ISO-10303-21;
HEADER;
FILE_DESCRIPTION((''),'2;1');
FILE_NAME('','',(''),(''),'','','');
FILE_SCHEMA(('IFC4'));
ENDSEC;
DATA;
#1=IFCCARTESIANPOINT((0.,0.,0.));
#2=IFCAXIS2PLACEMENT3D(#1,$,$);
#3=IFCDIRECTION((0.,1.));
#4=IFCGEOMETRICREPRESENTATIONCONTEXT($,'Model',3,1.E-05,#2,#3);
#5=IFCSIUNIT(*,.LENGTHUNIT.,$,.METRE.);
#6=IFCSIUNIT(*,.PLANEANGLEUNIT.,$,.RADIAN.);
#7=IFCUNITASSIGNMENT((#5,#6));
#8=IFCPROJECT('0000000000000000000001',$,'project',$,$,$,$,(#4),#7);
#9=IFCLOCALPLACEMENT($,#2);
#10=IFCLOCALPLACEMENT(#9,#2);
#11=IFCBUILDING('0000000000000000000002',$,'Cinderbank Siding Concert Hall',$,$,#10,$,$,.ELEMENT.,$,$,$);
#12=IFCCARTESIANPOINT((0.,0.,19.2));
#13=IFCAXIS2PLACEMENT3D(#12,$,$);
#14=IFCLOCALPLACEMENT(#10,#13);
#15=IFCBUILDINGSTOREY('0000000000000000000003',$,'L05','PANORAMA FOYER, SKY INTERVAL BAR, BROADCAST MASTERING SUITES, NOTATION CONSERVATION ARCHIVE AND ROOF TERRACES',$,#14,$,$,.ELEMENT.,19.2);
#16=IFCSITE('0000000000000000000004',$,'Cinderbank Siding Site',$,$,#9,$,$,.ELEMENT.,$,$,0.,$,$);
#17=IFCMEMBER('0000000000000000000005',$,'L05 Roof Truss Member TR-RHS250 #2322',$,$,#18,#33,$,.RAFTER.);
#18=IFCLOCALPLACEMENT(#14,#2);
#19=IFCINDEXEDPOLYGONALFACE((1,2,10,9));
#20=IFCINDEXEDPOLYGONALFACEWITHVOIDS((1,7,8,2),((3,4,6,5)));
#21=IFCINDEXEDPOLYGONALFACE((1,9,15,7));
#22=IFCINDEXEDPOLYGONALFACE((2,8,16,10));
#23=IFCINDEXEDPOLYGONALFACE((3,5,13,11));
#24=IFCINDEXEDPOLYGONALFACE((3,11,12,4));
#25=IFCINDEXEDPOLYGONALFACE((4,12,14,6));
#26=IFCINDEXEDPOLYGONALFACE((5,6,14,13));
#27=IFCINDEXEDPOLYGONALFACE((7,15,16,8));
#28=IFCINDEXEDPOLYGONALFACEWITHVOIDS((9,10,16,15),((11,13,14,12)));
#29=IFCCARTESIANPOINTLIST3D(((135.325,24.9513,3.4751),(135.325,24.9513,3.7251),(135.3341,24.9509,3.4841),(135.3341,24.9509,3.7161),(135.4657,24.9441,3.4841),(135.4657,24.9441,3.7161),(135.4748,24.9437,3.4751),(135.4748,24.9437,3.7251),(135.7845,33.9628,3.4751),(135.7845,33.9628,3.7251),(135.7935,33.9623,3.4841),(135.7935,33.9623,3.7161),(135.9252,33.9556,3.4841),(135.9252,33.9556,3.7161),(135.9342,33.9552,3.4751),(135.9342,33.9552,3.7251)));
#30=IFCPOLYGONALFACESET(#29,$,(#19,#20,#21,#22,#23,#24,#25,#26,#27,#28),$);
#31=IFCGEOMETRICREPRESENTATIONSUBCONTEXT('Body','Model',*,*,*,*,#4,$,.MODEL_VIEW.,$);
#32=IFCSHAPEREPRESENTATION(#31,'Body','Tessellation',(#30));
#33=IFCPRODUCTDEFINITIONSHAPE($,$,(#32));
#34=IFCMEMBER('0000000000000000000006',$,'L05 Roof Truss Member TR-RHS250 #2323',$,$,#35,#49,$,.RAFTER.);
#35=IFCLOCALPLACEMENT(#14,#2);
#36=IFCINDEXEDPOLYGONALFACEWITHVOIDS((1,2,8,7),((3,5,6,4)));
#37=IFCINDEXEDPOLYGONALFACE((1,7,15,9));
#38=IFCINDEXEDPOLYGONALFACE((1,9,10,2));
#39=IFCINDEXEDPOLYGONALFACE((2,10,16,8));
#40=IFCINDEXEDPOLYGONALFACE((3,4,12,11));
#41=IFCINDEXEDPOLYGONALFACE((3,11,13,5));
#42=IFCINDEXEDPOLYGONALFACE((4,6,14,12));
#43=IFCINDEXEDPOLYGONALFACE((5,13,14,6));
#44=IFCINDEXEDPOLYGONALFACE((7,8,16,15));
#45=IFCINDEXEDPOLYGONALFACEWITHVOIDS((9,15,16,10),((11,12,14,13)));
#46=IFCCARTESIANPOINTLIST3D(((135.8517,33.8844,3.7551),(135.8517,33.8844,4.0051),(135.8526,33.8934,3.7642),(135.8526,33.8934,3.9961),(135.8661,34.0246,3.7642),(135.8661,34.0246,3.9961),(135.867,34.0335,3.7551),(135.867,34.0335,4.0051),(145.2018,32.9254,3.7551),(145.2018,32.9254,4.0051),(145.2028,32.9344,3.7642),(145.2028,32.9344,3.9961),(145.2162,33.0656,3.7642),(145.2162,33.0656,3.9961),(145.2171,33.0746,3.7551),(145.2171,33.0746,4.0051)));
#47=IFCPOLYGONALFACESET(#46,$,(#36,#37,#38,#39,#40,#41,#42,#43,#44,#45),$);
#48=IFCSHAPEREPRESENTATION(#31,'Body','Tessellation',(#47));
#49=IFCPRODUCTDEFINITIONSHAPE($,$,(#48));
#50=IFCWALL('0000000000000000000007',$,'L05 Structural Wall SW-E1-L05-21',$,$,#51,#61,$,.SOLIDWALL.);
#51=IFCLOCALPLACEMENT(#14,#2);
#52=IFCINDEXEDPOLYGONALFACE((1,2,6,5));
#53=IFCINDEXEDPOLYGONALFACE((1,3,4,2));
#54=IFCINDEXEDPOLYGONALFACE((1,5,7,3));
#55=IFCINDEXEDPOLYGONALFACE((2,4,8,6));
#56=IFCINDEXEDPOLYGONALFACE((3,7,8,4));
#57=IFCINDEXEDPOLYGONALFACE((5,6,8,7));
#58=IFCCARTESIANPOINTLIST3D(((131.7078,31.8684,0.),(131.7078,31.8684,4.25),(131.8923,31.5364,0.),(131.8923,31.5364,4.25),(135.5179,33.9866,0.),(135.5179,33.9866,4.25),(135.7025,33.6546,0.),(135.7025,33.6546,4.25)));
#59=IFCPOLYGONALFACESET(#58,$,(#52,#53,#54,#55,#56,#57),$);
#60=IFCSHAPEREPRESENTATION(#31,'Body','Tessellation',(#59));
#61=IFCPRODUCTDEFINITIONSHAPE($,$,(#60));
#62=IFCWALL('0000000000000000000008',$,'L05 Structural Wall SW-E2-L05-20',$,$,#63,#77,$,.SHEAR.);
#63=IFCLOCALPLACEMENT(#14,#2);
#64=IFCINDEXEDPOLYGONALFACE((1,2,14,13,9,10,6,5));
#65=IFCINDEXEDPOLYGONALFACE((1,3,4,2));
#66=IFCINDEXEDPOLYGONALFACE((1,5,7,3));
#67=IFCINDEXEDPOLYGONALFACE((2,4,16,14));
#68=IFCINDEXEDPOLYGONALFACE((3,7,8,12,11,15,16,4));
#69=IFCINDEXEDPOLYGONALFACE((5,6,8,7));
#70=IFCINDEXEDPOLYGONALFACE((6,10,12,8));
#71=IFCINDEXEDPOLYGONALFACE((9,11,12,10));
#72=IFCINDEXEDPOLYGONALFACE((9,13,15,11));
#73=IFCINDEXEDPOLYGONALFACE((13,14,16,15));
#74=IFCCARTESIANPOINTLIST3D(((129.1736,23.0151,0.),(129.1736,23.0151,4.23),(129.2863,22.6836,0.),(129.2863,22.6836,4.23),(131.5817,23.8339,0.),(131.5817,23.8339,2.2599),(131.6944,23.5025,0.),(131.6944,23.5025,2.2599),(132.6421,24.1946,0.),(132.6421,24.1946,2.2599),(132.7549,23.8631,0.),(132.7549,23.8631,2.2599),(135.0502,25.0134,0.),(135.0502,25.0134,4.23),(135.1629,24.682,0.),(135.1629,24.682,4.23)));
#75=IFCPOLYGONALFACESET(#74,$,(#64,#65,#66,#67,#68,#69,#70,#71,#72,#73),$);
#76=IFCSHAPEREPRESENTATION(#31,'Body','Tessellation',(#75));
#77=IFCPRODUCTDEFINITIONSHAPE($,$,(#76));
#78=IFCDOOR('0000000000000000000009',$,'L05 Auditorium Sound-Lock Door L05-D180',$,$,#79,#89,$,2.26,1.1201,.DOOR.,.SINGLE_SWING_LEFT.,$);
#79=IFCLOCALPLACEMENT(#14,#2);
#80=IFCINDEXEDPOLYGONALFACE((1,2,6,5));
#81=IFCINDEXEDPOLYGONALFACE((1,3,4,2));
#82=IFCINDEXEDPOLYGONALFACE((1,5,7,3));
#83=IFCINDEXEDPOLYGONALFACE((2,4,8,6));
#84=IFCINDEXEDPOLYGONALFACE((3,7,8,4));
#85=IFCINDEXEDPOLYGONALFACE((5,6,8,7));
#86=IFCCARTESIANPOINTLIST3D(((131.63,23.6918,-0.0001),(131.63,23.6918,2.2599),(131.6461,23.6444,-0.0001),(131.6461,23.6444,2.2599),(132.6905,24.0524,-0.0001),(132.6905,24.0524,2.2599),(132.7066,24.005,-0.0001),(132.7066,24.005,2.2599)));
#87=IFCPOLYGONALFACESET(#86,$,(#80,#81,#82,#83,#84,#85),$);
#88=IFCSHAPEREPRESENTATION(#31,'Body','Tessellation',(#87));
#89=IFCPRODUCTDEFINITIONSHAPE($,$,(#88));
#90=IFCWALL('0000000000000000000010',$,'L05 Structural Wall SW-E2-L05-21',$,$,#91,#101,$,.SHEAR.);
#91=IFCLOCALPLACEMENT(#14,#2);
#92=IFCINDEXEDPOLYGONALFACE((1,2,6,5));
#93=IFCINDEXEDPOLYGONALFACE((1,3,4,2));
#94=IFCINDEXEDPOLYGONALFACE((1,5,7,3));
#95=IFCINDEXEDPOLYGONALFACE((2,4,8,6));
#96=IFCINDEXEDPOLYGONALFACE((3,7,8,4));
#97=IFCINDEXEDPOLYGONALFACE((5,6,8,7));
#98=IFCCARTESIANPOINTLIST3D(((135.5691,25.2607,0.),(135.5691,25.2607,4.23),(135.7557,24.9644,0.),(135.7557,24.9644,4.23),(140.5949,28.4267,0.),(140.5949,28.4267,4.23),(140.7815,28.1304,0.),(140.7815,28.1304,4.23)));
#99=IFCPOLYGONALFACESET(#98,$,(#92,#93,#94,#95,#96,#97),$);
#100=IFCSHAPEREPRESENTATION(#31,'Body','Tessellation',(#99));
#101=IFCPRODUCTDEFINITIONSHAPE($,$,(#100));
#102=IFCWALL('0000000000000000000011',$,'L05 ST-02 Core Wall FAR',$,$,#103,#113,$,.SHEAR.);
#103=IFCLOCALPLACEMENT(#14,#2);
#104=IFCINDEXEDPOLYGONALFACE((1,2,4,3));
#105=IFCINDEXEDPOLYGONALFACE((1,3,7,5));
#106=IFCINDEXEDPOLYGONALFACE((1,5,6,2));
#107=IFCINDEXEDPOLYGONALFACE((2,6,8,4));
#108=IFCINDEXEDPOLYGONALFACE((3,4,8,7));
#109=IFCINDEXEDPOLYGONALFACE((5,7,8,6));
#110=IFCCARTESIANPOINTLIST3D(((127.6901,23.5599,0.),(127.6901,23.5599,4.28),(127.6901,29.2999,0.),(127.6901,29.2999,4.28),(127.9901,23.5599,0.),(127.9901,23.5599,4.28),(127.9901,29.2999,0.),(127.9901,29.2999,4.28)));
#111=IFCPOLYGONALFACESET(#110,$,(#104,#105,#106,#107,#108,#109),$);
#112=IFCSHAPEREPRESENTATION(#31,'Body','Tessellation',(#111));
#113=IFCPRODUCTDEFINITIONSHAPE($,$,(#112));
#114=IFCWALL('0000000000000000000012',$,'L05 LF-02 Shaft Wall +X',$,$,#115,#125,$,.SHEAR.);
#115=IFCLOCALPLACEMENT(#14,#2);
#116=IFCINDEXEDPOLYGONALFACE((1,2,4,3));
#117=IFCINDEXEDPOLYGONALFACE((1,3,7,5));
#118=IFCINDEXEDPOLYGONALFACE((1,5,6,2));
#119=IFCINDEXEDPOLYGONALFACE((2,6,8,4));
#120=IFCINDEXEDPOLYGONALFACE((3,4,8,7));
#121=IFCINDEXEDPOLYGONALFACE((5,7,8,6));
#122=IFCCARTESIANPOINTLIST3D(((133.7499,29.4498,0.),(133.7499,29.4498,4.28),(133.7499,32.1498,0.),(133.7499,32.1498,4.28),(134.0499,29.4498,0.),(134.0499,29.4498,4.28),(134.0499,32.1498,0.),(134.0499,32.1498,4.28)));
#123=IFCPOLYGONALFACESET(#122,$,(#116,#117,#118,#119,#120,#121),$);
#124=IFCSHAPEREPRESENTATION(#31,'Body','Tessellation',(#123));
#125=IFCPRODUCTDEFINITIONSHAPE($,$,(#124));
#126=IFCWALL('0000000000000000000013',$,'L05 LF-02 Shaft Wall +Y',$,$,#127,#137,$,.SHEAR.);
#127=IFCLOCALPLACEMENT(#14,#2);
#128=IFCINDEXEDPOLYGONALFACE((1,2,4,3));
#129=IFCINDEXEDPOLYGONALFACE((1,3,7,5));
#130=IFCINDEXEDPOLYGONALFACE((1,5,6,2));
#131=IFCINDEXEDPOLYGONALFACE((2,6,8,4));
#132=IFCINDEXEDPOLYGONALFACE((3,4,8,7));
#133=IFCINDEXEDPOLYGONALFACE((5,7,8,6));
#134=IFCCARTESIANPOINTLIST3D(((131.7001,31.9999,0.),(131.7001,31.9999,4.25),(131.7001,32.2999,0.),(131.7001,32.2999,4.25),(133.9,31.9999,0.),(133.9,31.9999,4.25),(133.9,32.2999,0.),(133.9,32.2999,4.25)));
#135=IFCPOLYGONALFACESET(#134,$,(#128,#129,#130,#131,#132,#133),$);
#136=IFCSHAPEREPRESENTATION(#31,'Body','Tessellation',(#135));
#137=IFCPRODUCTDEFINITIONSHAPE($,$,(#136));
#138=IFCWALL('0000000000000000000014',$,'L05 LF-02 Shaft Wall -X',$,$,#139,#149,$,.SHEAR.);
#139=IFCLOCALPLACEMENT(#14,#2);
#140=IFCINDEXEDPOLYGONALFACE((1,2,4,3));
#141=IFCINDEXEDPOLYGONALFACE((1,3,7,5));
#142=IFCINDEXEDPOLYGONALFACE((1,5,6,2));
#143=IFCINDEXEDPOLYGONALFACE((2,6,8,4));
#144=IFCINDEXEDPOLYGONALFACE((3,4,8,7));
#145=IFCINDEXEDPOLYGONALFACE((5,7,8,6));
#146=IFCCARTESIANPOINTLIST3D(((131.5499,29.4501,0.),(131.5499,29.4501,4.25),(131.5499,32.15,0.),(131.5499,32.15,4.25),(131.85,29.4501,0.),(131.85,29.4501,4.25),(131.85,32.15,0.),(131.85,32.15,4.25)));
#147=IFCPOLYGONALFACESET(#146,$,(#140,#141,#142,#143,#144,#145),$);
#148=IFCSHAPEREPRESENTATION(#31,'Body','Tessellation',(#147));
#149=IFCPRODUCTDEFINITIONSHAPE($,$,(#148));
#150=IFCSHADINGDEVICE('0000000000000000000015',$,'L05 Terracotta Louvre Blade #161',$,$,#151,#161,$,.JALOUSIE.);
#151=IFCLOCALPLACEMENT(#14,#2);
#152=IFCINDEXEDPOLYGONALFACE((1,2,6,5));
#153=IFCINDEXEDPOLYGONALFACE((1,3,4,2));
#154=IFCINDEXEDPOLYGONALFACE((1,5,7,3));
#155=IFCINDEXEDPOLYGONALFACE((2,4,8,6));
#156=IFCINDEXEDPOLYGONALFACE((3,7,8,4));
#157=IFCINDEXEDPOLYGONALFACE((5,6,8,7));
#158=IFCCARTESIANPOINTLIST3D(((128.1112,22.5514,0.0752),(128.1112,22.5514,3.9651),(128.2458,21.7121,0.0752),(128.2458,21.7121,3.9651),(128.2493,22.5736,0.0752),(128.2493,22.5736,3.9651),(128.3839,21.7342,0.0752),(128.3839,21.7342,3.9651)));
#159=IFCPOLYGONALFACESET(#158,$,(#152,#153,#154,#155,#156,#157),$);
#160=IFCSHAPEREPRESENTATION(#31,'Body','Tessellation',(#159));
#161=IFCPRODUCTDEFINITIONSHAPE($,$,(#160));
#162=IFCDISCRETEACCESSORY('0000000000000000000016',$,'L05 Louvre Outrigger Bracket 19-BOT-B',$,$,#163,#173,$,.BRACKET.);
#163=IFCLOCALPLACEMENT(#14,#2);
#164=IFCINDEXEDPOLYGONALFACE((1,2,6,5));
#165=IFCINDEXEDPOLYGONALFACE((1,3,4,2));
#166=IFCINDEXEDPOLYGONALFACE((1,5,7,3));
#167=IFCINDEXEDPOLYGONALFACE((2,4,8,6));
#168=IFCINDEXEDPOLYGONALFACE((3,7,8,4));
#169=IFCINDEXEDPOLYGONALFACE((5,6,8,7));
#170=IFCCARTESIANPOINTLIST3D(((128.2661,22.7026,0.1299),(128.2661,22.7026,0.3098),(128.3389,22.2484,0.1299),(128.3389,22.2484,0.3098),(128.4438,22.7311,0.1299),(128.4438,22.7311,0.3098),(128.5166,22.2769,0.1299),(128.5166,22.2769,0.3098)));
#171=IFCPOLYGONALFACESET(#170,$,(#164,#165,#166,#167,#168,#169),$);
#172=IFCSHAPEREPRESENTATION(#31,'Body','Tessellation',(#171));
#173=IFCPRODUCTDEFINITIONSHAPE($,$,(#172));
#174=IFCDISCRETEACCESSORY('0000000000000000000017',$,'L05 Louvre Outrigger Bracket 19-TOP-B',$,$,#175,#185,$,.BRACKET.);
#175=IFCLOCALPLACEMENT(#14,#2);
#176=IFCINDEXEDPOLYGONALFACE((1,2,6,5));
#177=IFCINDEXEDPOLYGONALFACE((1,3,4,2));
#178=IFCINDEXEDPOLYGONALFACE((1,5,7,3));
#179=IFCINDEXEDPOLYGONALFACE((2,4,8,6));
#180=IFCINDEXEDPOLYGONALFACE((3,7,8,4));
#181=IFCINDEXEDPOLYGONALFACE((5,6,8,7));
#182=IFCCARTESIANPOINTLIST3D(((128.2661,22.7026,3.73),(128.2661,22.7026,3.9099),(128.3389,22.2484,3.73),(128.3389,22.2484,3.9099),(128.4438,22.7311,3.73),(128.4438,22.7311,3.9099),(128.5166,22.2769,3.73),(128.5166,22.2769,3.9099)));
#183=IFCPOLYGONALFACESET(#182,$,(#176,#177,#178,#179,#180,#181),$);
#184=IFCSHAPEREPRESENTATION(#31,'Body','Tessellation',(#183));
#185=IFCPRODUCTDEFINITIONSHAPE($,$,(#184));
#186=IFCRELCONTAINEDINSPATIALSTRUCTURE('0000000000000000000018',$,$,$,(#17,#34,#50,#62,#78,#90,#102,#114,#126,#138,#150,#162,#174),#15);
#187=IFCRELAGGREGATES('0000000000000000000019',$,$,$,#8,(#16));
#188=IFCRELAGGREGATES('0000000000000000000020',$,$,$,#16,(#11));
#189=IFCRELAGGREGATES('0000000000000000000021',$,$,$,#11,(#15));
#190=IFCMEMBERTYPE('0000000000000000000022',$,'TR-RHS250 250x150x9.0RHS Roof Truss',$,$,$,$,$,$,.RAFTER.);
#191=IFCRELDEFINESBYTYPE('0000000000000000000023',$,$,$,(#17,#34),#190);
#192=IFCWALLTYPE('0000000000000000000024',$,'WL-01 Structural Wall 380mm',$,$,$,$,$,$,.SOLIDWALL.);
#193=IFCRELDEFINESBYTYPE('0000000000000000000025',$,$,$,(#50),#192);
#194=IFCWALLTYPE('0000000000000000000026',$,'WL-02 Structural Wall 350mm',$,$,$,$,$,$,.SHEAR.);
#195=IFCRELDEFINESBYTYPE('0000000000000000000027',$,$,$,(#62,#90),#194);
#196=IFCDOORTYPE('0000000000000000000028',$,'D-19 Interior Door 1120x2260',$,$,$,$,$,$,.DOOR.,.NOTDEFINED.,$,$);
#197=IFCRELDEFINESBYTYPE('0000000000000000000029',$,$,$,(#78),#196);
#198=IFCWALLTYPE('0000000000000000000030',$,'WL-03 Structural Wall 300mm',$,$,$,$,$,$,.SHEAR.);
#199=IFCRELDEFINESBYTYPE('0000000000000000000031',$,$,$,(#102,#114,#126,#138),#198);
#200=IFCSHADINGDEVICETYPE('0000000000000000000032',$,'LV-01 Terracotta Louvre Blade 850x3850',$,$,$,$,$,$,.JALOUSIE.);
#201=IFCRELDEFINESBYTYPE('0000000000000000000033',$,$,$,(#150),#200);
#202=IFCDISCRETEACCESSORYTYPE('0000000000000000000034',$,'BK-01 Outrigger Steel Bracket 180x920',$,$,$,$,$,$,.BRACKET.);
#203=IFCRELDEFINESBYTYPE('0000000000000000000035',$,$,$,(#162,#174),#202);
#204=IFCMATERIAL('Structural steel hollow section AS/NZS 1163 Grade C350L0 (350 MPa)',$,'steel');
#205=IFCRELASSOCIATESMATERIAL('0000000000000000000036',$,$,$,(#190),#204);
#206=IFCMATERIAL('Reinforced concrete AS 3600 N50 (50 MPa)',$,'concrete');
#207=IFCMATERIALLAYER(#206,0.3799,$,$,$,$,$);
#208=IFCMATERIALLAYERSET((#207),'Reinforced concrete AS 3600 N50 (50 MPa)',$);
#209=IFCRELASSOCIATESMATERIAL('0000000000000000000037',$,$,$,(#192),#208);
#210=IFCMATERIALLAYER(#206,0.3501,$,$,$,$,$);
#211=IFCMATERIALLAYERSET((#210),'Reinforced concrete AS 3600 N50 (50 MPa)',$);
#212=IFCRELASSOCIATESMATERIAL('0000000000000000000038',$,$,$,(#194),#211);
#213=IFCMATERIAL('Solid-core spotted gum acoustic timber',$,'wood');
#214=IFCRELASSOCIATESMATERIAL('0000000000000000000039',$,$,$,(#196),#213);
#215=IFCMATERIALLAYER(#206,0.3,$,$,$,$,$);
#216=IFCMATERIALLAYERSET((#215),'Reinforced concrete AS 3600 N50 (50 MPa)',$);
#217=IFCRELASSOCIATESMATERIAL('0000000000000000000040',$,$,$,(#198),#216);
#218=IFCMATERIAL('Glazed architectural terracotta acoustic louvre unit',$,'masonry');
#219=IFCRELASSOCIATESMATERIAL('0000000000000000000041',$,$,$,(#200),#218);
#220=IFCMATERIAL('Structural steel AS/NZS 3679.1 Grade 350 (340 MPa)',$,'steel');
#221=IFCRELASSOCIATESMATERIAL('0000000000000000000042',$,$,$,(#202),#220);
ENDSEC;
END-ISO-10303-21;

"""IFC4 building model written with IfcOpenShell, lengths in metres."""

from ifc_helpers import new_model, si_unit, direction, frame, frame_2d, origin, origin_2d, place, context, subcontext, project, spatial, rectangle, hollow_rectangle, extrude, material, layer, layer_set, material_profile, profile_set, type_object, element, fill, save


model = new_model("IFC4")

# Units and contexts
model_context = context("Model", 3, precision=1e-05, world=origin(), true_north=direction((0.0, 1.0)))
body_context = subcontext(model_context, "Body", "Model", "MODEL_VIEW")
ifc_project = project(units=[si_unit("LENGTHUNIT", "METRE"), si_unit("PLANEANGLEUNIT", "RADIAN")], contexts=[model_context])

# Site, building, storey
site_placement = place(None, origin())
site = spatial("IfcSite", under=ifc_project, at=site_placement, Name="Cinderbank Siding Site", CompositionType="ELEMENT", RefElevation=0.0)
building_placement = place(site_placement, origin())
building = spatial("IfcBuilding", under=site, at=building_placement, Name="Cinderbank Siding Concert Hall", CompositionType="ELEMENT")
storey_placement = place(building_placement, frame((0.0, 0.0, 19.2)))
storey = spatial("IfcBuildingStorey", under=building, at=storey_placement, Name="L05", Description="PANORAMA FOYER, SKY INTERVAL BAR, BROADCAST MASTERING SUITES, NOTATION CONSERVATION ARCHIVE AND ROOF TERRACES", CompositionType="ELEMENT", Elevation=19.2)

# Shared definitions
ifc_material_1 = material(Name="Reinforced concrete AS 3600 N50 (50 MPa)", Category="concrete")

# Shared definitions
ifc_material_2 = material(Name="Structural steel AS/NZS 3679.1 Grade 350 (340 MPa)", Category="steel")

# Members
ifc_material_3 = material(Name="Structural steel hollow section AS/NZS 1163 Grade C350L0 (350 MPa)", Category="steel")
ifc_material_profile_1 = material_profile(ifc_material_3, hollow_rectangle(XDim=0.1499, YDim=0.25, WallThickness=0.009, at=origin_2d()), Name="250x150x9.0RHS", Category="LoadBearing")
ifc_profile_set_1 = profile_set([ifc_material_profile_1], Name="Structural steel hollow section AS/NZS 1163 Grade C350L0 (350 MPa)")
member_type_1 = type_object("IfcMemberType", Name="TR-RHS250 250x150x9.0RHS Roof Truss", PredefinedType="RAFTER", material=ifc_profile_set_1)
member_1_placement = place(storey_placement, frame((135.8594, 33.959, 3.6001), z_axis=(-0.050921, -0.998703, 0.0), x_axis=(0.998703, -0.050921, 0.0)))
element("IfcMember", 1, at=member_1_placement, inside=storey, type_object=member_type_1, Name="L05 Roof Truss Member TR-RHS250 #2322", PredefinedType="RAFTER", context=body_context, shape_type="SweptSolid", body=[
    extrude(hollow_rectangle(XDim=0.1499, YDim=0.25, WallThickness=0.009, at=origin_2d()), origin(), (0.0, 0.0, 1.0), 9.0232),
])
member_2_placement = place(storey_placement, frame((135.8594, 33.959, 3.8801), z_axis=(0.994781, -0.102029, 0.0), x_axis=(0.102029, 0.994781, 0.0)))
element("IfcMember", 2, at=member_2_placement, inside=storey, type_object=member_type_1, Name="L05 Roof Truss Member TR-RHS250 #2323", PredefinedType="RAFTER", context=body_context, shape_type="SweptSolid", body=[
    extrude(hollow_rectangle(XDim=0.1499, YDim=0.25, WallThickness=0.009, at=origin_2d()), origin(), (0.0, 0.0, 1.0), 9.3992),
])

# Wall
ifc_layer_1 = layer(ifc_material_1, 0.3799)
ifc_layer_set_1 = layer_set([ifc_layer_1], Name="Reinforced concrete AS 3600 N50 (50 MPa)")
wall_type_1 = type_object("IfcWallType", Name="WL-01 Structural Wall 380mm", PredefinedType="SOLIDWALL", material=ifc_layer_set_1)
wall_1_placement = place(storey_placement, frame((131.8, 31.7024, 0.0), z_axis=(0.0, 0.0, 1.0), x_axis=(0.874015, 0.4859, 0.0)))
element("IfcWall", 3, at=wall_1_placement, inside=storey, type_object=wall_type_1, Name="L05 Structural Wall SW-E1-L05-21", PredefinedType="SOLIDWALL", context=body_context, shape_type="SweptSolid", body=[
    extrude(rectangle(XDim=4.3594, YDim=0.3799, at=frame_2d((2.1797, 0.0))), origin(), (0.0, 0.0, 1.0), 4.25),
])

# Wall, opening, door
ifc_layer_2 = layer(ifc_material_1, 0.3501)
ifc_layer_set_2 = layer_set([ifc_layer_2], Name="Reinforced concrete AS 3600 N50 (50 MPa)")
wall_type_2 = type_object("IfcWallType", Name="WL-02 Structural Wall 350mm", PredefinedType="SHEAR", material=ifc_layer_set_2)
wall_2_placement = place(storey_placement, frame((129.23, 22.8494, 0.0), z_axis=(0.0, 0.0, 1.0), x_axis=(0.946758, 0.321945, 0.0)))
wall_2 = element("IfcWall", 4, at=wall_2_placement, inside=storey, type_object=wall_type_2, Name="L05 Structural Wall SW-E2-L05-20", PredefinedType="SHEAR", context=body_context, shape_type="SweptSolid", body=[
    extrude(rectangle(XDim=6.207, YDim=0.3501, at=frame_2d((3.1035, 0.0))), origin(), (0.0, 0.0, 1.0), 4.23),
])
opening_1_placement = place(wall_2_placement, frame((2.5435, 0.0, 0.0)))
opening_1 = element("IfcOpeningElement", 5, at=opening_1_placement, cuts=wall_2, PredefinedType="OPENING", context=body_context, shape_type="SweptSolid", body=[
    extrude(rectangle(XDim=1.1201, YDim=2.26, at=frame_2d((0.5601, 1.1299))), frame((0.0, 0.187, 0.0), z_axis=(0.0, -1.0, 0.0), x_axis=(1.0, 0.0, 0.0)), (0.0, 0.0, 1.0), 0.374),
])
ifc_material_4 = material(Name="Solid-core spotted gum acoustic timber", Category="wood")
door_type_1 = type_object("IfcDoorType", Name="D-19 Interior Door 1120x2260", OperationType="NOTDEFINED", PredefinedType="DOOR", material=ifc_material_4)
door_1_placement = place(opening_1_placement, origin())
door_1 = element("IfcDoor", 6, at=door_1_placement, inside=storey, type_object=door_type_1, Name="L05 Auditorium Sound-Lock Door L05-D180", OperationType="SINGLE_SWING_LEFT", OverallHeight=2.26, OverallWidth=1.1201, PredefinedType="DOOR", context=body_context, shape_type="SweptSolid", body=[
    extrude(rectangle(XDim=1.1201, YDim=2.26, at=frame_2d((0.5601, 1.1299))), frame((0.0, 0.0249, 0.0), z_axis=(0.0, -1.0, 0.0), x_axis=(1.0, 0.0, 0.0)), (0.0, 0.0, 1.0), 0.05),
])
fill(opening_1, door_1)

# Walls
wall_3_placement = place(storey_placement, frame((135.6624, 25.1125, 0.0), z_axis=(0.0, 0.0, 1.0), x_axis=(0.846113, 0.533003, 0.0)))
element("IfcWall", 7, at=wall_3_placement, inside=storey, type_object=wall_type_2, Name="L05 Structural Wall SW-E2-L05-21", PredefinedType="SHEAR", context=body_context, shape_type="SweptSolid", body=[
    extrude(rectangle(XDim=5.9399, YDim=0.3501, at=frame_2d((2.97, 0.0))), origin(), (0.0, 0.0, 1.0), 4.23),
])
ifc_layer_3 = layer(ifc_material_1, 0.3)
ifc_layer_set_3 = layer_set([ifc_layer_3], Name="Reinforced concrete AS 3600 N50 (50 MPa)")
wall_type_3 = type_object("IfcWallType", Name="WL-03 Structural Wall 300mm", PredefinedType="SHEAR", material=ifc_layer_set_3)
wall_4_placement = place(storey_placement, frame((127.8401, 29.3, 0.0), z_axis=(0.0, 0.0, 1.0), x_axis=(0.0, -1.0, 0.0)))
element("IfcWall", 8, at=wall_4_placement, inside=storey, type_object=wall_type_3, Name="L05 ST-02 Core Wall FAR", PredefinedType="SHEAR", context=body_context, shape_type="SweptSolid", body=[
    extrude(rectangle(XDim=5.74, YDim=0.3, at=frame_2d((2.8701, 0.0))), origin(), (0.0, 0.0, 1.0), 4.28),
])

# Walls
wall_5_placement = place(storey_placement, frame((133.8999, 32.1499, 0.0), z_axis=(0.0, 0.0, 1.0), x_axis=(0.0, -1.0, 0.0)))
element("IfcWall", 9, at=wall_5_placement, inside=storey, type_object=wall_type_3, Name="L05 LF-02 Shaft Wall +X", PredefinedType="SHEAR", context=body_context, shape_type="SweptSolid", body=[
    extrude(rectangle(XDim=2.7, YDim=0.3, at=frame_2d((1.3501, 0.0))), origin(), (0.0, 0.0, 1.0), 4.28),
])
wall_6_placement = place(storey_placement, frame((131.7, 32.1499, 0.0), z_axis=(0.0, 0.0, 1.0), x_axis=(1.0, 0.0, 0.0)))
element("IfcWall", 10, at=wall_6_placement, inside=storey, type_object=wall_type_3, Name="L05 LF-02 Shaft Wall +Y", PredefinedType="SHEAR", context=body_context, shape_type="SweptSolid", body=[
    extrude(rectangle(XDim=2.2, YDim=0.3, at=frame_2d((1.1001, 0.0))), origin(), (0.0, 0.0, 1.0), 4.25),
])
wall_7_placement = place(storey_placement, frame((131.7, 29.45, 0.0), z_axis=(0.0, 0.0, 1.0), x_axis=(0.0, 1.0, 0.0)))
element("IfcWall", 11, at=wall_7_placement, inside=storey, type_object=wall_type_3, Name="L05 LF-02 Shaft Wall -X", PredefinedType="SHEAR", context=body_context, shape_type="SweptSolid", body=[
    extrude(rectangle(XDim=2.7, YDim=0.3, at=frame_2d((1.3501, 0.0))), origin(), (0.0, 0.0, 1.0), 4.25),
])

# Shading device
ifc_material_5 = material(Name="Glazed architectural terracotta acoustic louvre unit", Category="masonry")
shading_device_type = type_object("IfcShadingDeviceType", Name="LV-01 Terracotta Louvre Blade 850x3850", PredefinedType="JALOUSIE", material=ifc_material_5)
shading_device_placement = place(storey_placement, frame((128.2476, 22.1428, 0.0752), z_axis=(0.0, 0.0, 1.0), x_axis=(0.158354, -0.987382, 0.0)))
element("IfcShadingDevice", 12, at=shading_device_placement, inside=storey, type_object=shading_device_type, Name="L05 Terracotta Louvre Blade #161", PredefinedType="JALOUSIE", context=body_context, shape_type="SweptSolid", body=[
    extrude(rectangle(XDim=0.8501, YDim=0.1399, at=origin_2d()), origin(), (0.0, 0.0, 1.0), 3.8899),
])

# Discrete accessories
discrete_accessory_type = type_object("IfcDiscreteAccessoryType", Name="BK-01 Outrigger Steel Bracket 180x920", PredefinedType="BRACKET", material=ifc_material_2)
for number, where, z_axis, x_axis, name in (
    (13, (128.3914, 22.4897, 0.1299), (0.0, 0.0, 1.0), (0.158354, -0.987382, 0.0), "L05 Louvre Outrigger Bracket 19-BOT-B"),
    (14, (128.3914, 22.4897, 3.73), (0.0, 0.0, 1.0), (0.158354, -0.987382, 0.0), "L05 Louvre Outrigger Bracket 19-TOP-B"),
):
    element("IfcDiscreteAccessory", number, at=place(storey_placement, frame(where, z_axis=z_axis, x_axis=x_axis)), inside=storey, type_object=discrete_accessory_type, Name=name, PredefinedType="BRACKET", context=body_context, shape_type="SweptSolid", body=[
        extrude(rectangle(XDim=0.46, YDim=0.1799, at=origin_2d()), origin(), (0.0, 0.0, 1.0), 0.1799),
    ])

save(model, "model.ifc")
